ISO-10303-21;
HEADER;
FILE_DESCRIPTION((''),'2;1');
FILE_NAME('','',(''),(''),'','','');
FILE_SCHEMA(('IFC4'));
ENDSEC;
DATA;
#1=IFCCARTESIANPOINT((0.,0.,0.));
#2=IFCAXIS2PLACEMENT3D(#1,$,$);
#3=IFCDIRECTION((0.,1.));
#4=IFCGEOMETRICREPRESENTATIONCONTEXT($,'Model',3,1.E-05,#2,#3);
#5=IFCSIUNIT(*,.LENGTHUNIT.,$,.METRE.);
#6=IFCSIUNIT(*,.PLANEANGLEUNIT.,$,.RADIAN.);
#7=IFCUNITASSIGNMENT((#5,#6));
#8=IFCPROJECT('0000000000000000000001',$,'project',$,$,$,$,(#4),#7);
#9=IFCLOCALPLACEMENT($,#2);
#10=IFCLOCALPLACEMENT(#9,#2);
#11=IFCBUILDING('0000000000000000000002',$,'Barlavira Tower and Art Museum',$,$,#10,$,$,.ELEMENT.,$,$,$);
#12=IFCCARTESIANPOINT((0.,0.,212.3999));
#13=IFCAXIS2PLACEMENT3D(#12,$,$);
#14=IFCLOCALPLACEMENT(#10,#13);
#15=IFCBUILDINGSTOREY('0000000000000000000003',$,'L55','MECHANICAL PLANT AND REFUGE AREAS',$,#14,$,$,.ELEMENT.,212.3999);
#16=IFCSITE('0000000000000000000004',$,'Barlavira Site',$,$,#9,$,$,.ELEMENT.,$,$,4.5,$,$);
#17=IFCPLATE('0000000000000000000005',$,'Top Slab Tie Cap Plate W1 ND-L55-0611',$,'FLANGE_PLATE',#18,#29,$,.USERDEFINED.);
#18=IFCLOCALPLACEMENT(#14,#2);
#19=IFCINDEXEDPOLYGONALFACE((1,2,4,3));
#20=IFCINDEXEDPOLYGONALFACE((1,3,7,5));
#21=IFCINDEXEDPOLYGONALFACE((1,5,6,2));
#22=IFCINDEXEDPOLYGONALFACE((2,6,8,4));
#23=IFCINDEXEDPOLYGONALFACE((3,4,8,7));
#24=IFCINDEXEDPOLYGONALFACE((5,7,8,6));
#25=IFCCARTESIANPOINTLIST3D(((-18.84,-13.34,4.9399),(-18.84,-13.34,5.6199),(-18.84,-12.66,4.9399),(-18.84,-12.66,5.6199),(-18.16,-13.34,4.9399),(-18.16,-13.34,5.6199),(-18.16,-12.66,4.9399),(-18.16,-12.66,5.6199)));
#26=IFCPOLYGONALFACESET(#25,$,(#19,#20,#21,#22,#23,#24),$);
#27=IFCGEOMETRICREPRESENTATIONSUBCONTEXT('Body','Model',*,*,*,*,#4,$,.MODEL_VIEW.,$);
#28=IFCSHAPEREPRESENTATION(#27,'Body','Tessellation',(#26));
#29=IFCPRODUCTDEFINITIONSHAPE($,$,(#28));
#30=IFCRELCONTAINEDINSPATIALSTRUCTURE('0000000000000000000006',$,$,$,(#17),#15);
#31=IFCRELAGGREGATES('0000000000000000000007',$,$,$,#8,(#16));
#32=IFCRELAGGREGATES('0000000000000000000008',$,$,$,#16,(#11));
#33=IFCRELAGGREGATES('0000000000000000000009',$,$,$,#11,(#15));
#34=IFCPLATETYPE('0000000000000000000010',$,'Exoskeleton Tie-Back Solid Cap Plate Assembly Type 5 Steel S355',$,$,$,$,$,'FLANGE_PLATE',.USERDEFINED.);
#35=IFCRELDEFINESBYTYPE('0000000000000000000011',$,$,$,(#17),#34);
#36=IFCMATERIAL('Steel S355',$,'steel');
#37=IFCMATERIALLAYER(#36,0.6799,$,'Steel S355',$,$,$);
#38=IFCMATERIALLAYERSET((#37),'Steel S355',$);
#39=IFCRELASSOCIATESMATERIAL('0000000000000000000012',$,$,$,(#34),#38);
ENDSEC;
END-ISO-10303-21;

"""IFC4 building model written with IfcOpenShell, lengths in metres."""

from ifc_helpers import new_model, si_unit, direction, frame, origin, origin_2d, place, context, subcontext, project, spatial, rectangle, extrude, material, layer, layer_set, type_object, element, save


model = new_model("IFC4")

# Units and contexts
model_context = context("Model", 3, precision=1e-05, world=origin(), true_north=direction((0.0, 1.0)))
body_context = subcontext(model_context, "Body", "Model", "MODEL_VIEW")
ifc_project = project(units=[si_unit("LENGTHUNIT", "METRE"), si_unit("PLANEANGLEUNIT", "RADIAN")], contexts=[model_context])

# Site, building, storey
site_placement = place(None, origin())
site = spatial("IfcSite", under=ifc_project, at=site_placement, Name="Barlavira Site", CompositionType="ELEMENT", RefElevation=4.5)
building_placement = place(site_placement, origin())
building = spatial("IfcBuilding", under=site, at=building_placement, Name="Barlavira Tower and Art Museum", CompositionType="ELEMENT")
storey_placement = place(building_placement, frame((0.0, 0.0, 212.3999)))
storey = spatial("IfcBuildingStorey", under=building, at=storey_placement, Name="L55", Description="MECHANICAL PLANT AND REFUGE AREAS", CompositionType="ELEMENT", Elevation=212.3999)

# Shared definitions
ifc_material_1 = material(Name="Steel S355", Category="steel")

# Plate
ifc_layer_1 = layer(ifc_material_1, 0.6799, Name="Steel S355")
ifc_layer_set_1 = layer_set([ifc_layer_1], Name="Steel S355")
plate_type_1 = type_object("IfcPlateType", Name="Exoskeleton Tie-Back Solid Cap Plate Assembly Type 5 Steel S355", ElementType="FLANGE_PLATE", PredefinedType="USERDEFINED", material=ifc_layer_set_1)
for number, where, z_axis, x_axis, name in (
    (1, (-18.5, -13.0, 4.9399), (0.0, 0.0, 1.0), (1.0, 0.0, 0.0), "Top Slab Tie Cap Plate W1 ND-L55-0611"),
):
    element("IfcPlate", number, at=place(storey_placement, frame(where, z_axis=z_axis, x_axis=x_axis)), inside=storey, type_object=plate_type_1, Name=name, ObjectType="FLANGE_PLATE", PredefinedType="USERDEFINED", context=body_context, shape_type="SweptSolid", body=[
        extrude(rectangle(XDim=0.6799, YDim=0.6799, at=origin_2d()), origin(), (0.0, 0.0, 1.0), 0.6799),
    ])

save(model, "model.ifc")
